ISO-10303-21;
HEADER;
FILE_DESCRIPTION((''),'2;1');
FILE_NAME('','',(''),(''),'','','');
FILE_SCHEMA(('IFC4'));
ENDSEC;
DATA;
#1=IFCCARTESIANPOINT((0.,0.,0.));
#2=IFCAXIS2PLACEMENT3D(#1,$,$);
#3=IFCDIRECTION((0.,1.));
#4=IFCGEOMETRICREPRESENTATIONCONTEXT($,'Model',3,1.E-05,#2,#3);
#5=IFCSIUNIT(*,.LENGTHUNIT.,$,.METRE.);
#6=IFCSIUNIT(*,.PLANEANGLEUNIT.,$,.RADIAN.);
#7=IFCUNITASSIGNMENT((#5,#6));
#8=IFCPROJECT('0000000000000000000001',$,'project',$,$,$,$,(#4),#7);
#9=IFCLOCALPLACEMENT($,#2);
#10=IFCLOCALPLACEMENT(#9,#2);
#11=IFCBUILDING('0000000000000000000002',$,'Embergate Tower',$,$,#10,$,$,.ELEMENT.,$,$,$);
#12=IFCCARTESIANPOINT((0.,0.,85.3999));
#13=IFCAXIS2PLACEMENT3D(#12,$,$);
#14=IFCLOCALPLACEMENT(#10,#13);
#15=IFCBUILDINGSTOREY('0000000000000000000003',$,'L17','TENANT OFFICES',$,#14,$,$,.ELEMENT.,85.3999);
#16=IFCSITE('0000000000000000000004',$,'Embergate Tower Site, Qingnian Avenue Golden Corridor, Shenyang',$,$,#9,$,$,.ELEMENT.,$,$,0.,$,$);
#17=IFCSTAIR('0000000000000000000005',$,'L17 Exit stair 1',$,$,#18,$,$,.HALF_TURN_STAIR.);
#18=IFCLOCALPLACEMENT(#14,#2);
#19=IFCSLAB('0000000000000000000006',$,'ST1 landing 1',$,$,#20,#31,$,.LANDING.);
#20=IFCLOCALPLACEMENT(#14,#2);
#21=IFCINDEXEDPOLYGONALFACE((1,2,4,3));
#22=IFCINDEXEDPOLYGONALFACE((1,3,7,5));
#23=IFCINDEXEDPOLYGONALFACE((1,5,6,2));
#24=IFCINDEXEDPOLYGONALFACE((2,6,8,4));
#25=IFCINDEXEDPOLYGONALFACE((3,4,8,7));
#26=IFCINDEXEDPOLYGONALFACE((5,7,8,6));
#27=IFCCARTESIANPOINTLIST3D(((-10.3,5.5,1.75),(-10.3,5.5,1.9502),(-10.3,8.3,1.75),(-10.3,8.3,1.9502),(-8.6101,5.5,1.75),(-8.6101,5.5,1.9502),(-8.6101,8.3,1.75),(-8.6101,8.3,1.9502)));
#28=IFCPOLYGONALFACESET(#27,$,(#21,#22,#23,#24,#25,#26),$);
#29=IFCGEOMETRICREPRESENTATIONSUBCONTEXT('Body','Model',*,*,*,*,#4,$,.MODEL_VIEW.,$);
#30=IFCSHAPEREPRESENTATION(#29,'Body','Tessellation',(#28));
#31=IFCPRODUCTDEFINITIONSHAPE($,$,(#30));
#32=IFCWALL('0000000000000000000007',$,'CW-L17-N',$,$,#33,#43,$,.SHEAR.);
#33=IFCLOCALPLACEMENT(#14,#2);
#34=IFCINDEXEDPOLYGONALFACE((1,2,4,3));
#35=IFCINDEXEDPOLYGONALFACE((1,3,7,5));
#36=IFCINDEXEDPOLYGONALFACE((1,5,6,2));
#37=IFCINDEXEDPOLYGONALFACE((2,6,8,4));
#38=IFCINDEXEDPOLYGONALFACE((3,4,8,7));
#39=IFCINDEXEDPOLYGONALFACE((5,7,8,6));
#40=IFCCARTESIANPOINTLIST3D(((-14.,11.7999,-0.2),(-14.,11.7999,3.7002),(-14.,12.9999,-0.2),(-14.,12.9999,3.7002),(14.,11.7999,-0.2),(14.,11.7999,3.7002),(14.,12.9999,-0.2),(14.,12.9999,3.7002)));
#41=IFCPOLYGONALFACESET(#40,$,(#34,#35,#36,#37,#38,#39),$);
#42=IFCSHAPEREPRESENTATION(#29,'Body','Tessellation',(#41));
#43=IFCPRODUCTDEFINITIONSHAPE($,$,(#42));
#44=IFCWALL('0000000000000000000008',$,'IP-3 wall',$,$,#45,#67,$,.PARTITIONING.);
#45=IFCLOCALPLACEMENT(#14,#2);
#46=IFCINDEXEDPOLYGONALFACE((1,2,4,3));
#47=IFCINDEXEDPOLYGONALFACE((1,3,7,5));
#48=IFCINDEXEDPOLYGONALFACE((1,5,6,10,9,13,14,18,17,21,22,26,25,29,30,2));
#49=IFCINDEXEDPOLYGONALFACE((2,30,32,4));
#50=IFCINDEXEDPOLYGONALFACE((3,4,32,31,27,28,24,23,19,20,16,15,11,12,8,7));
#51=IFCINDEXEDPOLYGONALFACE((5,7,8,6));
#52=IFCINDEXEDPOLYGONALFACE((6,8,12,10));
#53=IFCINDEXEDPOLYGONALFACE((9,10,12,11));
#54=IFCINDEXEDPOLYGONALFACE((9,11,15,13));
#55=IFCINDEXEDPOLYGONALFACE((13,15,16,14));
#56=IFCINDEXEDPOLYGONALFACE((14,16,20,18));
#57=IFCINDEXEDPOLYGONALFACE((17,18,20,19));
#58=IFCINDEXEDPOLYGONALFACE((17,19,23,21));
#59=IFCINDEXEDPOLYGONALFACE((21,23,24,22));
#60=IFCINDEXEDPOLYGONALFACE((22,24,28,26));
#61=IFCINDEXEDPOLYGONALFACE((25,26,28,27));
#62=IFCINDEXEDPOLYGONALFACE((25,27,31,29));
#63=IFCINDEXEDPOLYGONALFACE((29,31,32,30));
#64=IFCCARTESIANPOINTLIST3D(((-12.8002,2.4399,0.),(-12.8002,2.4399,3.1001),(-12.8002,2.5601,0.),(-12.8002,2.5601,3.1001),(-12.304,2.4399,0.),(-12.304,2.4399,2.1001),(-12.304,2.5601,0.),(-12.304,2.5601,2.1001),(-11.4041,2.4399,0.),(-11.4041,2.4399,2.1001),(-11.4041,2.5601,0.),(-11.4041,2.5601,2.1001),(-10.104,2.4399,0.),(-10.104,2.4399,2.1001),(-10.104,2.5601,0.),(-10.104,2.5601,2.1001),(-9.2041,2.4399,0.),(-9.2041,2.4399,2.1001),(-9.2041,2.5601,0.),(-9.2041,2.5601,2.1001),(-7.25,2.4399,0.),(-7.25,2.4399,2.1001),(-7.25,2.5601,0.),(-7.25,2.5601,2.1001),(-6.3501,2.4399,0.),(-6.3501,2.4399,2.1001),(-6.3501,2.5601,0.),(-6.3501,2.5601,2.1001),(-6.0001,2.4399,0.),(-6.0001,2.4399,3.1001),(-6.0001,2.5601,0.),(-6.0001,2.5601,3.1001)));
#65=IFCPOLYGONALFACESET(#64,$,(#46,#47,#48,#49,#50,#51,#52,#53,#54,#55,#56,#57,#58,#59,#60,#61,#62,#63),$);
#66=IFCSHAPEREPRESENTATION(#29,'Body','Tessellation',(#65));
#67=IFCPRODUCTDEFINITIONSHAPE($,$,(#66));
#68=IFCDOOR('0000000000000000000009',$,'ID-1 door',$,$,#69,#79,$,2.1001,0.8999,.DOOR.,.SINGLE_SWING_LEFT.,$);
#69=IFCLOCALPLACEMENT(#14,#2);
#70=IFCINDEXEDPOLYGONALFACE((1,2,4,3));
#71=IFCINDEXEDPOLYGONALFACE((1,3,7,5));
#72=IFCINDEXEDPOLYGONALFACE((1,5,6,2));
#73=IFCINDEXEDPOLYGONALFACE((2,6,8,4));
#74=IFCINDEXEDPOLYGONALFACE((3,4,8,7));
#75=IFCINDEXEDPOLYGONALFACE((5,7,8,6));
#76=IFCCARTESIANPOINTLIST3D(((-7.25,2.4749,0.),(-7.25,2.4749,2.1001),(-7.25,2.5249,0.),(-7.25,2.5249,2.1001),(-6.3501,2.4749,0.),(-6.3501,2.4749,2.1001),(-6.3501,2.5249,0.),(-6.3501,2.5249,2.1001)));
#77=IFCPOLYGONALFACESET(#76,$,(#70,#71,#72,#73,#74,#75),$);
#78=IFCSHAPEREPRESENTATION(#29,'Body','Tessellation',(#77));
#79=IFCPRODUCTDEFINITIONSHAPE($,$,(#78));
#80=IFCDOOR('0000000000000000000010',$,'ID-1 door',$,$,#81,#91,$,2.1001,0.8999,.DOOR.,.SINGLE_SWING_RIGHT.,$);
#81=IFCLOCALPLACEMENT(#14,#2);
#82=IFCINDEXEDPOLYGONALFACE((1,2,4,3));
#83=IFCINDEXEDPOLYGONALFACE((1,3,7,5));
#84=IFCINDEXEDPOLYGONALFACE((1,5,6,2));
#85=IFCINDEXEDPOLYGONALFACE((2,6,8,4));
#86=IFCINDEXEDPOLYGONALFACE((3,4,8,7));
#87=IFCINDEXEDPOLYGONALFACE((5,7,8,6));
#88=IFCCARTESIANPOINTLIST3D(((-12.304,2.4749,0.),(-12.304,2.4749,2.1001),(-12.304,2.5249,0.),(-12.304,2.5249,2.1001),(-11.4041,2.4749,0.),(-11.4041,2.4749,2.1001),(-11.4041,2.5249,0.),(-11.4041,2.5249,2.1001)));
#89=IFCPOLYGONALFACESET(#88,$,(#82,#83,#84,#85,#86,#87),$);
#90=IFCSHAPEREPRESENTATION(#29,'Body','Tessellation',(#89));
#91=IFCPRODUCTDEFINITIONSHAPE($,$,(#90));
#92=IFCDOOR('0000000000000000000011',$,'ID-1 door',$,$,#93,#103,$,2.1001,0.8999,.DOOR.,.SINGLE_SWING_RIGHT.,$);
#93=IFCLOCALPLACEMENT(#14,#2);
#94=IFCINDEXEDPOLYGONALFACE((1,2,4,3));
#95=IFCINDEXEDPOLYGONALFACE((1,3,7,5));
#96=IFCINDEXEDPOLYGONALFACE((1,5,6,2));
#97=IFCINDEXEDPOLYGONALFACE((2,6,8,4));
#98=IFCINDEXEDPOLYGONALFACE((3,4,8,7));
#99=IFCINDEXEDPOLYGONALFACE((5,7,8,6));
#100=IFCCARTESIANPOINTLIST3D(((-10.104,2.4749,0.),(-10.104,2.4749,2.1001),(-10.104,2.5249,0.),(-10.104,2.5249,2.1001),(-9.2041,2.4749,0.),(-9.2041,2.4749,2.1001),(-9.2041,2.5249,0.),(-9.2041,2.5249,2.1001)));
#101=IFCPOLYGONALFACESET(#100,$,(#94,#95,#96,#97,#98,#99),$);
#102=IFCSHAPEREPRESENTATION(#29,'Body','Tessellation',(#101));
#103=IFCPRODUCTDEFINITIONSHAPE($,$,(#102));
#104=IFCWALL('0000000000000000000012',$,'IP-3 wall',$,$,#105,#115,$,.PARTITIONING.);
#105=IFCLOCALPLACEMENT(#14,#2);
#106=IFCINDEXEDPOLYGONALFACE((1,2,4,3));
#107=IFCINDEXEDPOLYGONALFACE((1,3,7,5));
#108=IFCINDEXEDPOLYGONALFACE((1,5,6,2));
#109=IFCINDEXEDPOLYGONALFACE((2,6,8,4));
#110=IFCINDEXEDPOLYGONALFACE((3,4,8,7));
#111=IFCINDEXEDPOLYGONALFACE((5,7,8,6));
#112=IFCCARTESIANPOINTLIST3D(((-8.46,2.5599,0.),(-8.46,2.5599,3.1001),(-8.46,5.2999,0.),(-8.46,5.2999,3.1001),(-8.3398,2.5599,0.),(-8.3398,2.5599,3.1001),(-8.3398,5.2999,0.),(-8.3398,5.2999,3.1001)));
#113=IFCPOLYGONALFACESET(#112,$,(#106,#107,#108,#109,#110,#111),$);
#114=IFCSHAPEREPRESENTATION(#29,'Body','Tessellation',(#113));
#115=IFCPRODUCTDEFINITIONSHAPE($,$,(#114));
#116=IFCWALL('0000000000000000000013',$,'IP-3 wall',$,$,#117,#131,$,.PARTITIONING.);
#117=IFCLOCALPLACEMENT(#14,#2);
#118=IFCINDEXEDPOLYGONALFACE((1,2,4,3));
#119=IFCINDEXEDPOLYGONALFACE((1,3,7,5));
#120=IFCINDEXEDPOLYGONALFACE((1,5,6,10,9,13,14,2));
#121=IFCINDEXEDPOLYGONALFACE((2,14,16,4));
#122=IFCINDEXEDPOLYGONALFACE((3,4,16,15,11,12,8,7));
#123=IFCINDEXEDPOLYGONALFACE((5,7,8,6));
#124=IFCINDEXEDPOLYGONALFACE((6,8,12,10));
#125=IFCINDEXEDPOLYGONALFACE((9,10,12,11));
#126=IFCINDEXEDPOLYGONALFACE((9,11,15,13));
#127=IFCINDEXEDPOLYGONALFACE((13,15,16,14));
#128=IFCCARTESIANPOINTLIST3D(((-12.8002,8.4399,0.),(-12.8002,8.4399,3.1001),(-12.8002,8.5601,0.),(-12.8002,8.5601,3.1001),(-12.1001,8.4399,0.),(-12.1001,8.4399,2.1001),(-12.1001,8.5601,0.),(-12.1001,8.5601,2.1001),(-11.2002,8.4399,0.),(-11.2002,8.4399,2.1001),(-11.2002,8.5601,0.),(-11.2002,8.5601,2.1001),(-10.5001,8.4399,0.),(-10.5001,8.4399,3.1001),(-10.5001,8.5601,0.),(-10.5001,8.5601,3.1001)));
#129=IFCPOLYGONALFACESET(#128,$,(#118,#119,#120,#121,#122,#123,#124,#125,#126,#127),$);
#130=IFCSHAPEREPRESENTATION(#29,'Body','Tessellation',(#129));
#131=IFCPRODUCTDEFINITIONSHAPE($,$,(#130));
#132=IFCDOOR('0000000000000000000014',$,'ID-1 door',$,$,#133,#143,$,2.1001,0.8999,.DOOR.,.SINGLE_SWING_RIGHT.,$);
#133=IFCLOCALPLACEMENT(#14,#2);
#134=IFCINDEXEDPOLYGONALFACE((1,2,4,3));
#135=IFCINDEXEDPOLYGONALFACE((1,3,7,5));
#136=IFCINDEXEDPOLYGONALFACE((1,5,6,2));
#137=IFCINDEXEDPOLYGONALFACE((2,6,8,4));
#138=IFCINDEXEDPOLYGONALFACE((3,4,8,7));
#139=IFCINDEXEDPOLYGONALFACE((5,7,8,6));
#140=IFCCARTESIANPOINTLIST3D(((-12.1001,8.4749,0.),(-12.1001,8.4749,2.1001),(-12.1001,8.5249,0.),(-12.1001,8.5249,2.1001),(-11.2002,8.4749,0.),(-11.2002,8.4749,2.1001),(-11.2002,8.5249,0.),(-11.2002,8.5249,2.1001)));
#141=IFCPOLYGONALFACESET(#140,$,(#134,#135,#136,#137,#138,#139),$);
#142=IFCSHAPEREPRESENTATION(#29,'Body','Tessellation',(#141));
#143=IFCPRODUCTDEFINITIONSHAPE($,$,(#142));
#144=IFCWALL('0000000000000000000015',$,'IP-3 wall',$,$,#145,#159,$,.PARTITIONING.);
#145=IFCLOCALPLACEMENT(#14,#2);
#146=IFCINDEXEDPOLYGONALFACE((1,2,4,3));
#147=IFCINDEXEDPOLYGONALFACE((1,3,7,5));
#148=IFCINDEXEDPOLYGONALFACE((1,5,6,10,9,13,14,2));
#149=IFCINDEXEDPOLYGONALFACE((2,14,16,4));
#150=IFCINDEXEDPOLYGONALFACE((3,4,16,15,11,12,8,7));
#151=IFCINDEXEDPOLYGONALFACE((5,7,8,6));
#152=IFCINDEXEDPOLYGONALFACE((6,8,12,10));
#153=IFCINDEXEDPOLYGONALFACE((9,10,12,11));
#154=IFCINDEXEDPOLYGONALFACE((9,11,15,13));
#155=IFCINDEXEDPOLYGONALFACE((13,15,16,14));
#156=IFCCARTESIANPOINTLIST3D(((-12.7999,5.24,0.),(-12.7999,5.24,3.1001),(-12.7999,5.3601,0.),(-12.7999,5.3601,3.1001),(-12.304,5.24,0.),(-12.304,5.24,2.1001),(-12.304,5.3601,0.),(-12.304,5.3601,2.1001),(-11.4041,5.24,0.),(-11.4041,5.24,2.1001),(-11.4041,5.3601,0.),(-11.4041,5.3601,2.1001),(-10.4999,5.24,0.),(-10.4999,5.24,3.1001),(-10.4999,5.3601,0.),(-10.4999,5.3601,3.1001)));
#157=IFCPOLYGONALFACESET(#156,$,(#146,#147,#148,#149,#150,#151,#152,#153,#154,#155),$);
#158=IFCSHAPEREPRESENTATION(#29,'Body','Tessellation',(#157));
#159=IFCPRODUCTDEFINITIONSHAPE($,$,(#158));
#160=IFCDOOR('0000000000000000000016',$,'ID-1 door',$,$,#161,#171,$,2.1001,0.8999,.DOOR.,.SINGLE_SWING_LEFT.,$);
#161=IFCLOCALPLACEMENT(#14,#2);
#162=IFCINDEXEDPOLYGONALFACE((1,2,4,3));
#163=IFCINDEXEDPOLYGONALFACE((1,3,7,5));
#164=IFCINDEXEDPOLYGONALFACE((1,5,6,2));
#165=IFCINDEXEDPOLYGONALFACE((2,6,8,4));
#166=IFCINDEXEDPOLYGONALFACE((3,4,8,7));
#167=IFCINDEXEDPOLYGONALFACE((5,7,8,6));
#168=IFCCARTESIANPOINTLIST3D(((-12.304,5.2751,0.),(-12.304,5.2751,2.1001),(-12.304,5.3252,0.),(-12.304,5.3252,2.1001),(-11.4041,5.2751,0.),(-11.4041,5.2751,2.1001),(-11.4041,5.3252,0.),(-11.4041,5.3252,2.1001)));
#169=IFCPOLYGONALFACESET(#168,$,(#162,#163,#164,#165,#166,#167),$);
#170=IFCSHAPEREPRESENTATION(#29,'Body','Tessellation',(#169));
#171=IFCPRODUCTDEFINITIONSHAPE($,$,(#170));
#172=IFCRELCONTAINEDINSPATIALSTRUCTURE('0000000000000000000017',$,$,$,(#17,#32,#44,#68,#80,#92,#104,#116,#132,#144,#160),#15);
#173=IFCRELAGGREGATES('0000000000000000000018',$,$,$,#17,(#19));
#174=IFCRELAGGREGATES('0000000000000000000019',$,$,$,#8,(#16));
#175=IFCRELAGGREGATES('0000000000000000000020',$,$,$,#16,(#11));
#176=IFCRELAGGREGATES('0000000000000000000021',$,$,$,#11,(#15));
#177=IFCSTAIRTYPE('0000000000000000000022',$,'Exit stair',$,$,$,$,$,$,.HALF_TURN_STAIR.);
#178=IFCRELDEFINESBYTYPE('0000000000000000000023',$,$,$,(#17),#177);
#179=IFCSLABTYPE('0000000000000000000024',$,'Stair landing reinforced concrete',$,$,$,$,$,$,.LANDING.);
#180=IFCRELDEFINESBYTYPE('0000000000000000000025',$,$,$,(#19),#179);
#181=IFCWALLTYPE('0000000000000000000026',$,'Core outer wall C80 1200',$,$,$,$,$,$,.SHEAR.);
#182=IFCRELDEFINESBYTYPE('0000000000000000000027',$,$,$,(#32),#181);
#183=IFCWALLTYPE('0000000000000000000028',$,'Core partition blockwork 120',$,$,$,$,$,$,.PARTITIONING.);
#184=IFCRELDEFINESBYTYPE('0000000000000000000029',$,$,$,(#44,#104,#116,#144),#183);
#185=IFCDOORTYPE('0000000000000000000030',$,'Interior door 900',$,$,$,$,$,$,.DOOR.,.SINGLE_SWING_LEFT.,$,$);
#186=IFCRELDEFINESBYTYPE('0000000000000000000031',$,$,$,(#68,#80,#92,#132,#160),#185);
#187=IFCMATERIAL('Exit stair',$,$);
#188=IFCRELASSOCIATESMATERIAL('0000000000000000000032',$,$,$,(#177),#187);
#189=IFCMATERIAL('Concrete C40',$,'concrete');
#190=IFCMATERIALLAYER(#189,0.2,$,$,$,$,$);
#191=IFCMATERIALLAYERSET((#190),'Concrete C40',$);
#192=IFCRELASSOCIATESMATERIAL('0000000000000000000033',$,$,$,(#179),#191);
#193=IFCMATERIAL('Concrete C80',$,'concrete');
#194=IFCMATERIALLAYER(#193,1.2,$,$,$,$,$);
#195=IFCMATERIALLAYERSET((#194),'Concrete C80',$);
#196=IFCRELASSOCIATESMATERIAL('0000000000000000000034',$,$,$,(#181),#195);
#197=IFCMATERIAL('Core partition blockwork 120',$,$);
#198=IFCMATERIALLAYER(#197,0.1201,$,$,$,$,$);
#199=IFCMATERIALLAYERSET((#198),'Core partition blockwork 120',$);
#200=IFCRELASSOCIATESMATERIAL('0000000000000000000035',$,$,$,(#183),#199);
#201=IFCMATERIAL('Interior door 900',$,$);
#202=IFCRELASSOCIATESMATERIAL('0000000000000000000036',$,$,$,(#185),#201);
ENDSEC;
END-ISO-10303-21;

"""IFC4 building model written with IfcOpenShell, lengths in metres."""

from ifc_helpers import new_model, si_unit, direction, frame, frame_2d, origin, place, context, subcontext, project, spatial, polyline, rectangle, outline, extrude, source, transform, mapped, material, layer, layer_set, type_object, element, fill, aggregate, save


model = new_model("IFC4")

# Units and contexts
model_context = context("Model", 3, precision=1e-05, world=origin(), true_north=direction((0.0, 1.0)))
body_context = subcontext(model_context, "Body", "Model", "MODEL_VIEW")
ifc_project = project(units=[si_unit("LENGTHUNIT", "METRE"), si_unit("PLANEANGLEUNIT", "RADIAN")], contexts=[model_context])

# Site, building, storey
site_placement = place(None, origin())
site = spatial("IfcSite", under=ifc_project, at=site_placement, Name="Embergate Tower Site, Qingnian Avenue Golden Corridor, Shenyang", CompositionType="ELEMENT", RefElevation=0.0)
building_placement = place(site_placement, origin())
building = spatial("IfcBuilding", under=site, at=building_placement, Name="Embergate Tower", CompositionType="ELEMENT")
storey_placement = place(building_placement, frame((0.0, 0.0, 85.3999)))
storey = spatial("IfcBuildingStorey", under=building, at=storey_placement, Name="L17", Description="TENANT OFFICES", CompositionType="ELEMENT", Elevation=85.3999)

# Stair, slab
ifc_material_1 = material(Name="Exit stair")
stair_type = type_object("IfcStairType", Name="Exit stair", PredefinedType="HALF_TURN_STAIR", material=ifc_material_1)
stair_placement = place(storey_placement, origin())
stair = element("IfcStair", 1, at=stair_placement, inside=storey, type_object=stair_type, Name="L17 Exit stair 1", PredefinedType="HALF_TURN_STAIR")
ifc_material_2 = material(Name="Concrete C40", Category="concrete")
ifc_layer_1 = layer(ifc_material_2, 0.2)
ifc_layer_set_1 = layer_set([ifc_layer_1], Name="Concrete C40")
slab_type = type_object("IfcSlabType", Name="Stair landing reinforced concrete", PredefinedType="LANDING", material=ifc_layer_set_1)
shared_shape_1 = source(origin(), body_context, "Body", "SweptSolid", [
    extrude(outline(polyline([(0.0, 0.0), (1.6899, 0.0), (1.6899, 2.8), (0.0, 2.8), (0.0, 0.0)])), origin(), (0.0, 0.0, 1.0), 0.2002),
])
slab_placement = place(storey_placement, frame((-10.3, 5.5, 1.75)))
slab = element("IfcSlab", 2, at=slab_placement, type_object=slab_type, Name="ST1 landing 1", PredefinedType="LANDING", context=body_context, shape_type="MappedRepresentation", body=[
    mapped(shared_shape_1, transform((0.0, 0.0, 0.0))),
])

# Wall
ifc_material_3 = material(Name="Concrete C80", Category="concrete")
ifc_layer_2 = layer(ifc_material_3, 1.2)
ifc_layer_set_2 = layer_set([ifc_layer_2], Name="Concrete C80")
wall_type_1 = type_object("IfcWallType", Name="Core outer wall C80 1200", PredefinedType="SHEAR", material=ifc_layer_set_2)
shared_shape_2 = source(origin(), body_context, "Body", "SweptSolid", [
    extrude(rectangle(XDim=28.0, YDim=1.2, at=frame_2d((14.0, 0.0))), origin(), (0.0, 0.0, 1.0), 3.9001),
])
wall_1_placement = place(storey_placement, frame((-14.0, 12.3999, -0.2), z_axis=(0.0, 0.0, 1.0), x_axis=(1.0, 0.0, 0.0)))
element("IfcWall", 3, at=wall_1_placement, inside=storey, type_object=wall_type_1, Name="CW-L17-N", PredefinedType="SHEAR", context=body_context, shape_type="MappedRepresentation", body=[
    mapped(shared_shape_2, transform((0.0, 0.0, 0.0))),
])

# Wall, openings, doors
ifc_material_4 = material(Name="Core partition blockwork 120")
ifc_layer_3 = layer(ifc_material_4, 0.1201)
ifc_layer_set_3 = layer_set([ifc_layer_3], Name="Core partition blockwork 120")
wall_type_2 = type_object("IfcWallType", Name="Core partition blockwork 120", PredefinedType="PARTITIONING", material=ifc_layer_set_3)
shared_shape_3 = source(origin(), body_context, "Body", "SweptSolid", [
    extrude(rectangle(XDim=6.8, YDim=0.1201, at=frame_2d((3.3999, 0.0))), origin(), (0.0, 0.0, 1.0), 3.1001),
])
wall_2_placement = place(storey_placement, frame((-12.8, 2.5, 0.0), z_axis=(0.0, 0.0, 1.0), x_axis=(1.0, 0.0, 0.0)))
wall_2 = element("IfcWall", 4, at=wall_2_placement, inside=storey, type_object=wall_type_2, Name="IP-3 wall", PredefinedType="PARTITIONING", context=body_context, shape_type="MappedRepresentation", body=[
    mapped(shared_shape_3, transform((0.0, 0.0, 0.0))),
])
shared_shape_4 = source(origin(), body_context, "Body", "SweptSolid", [
    extrude(rectangle(XDim=0.8999, YDim=2.1001, at=frame_2d((0.45, 1.05))), frame((0.0, 0.0701, 0.0), z_axis=(0.0, -1.0, 0.0), x_axis=(1.0, 0.0, 0.0)), (0.0, 0.0, 1.0), 0.1401),
])
opening_1_placement = place(wall_2_placement, frame((5.55, 0.0, 0.0)))
opening_1 = element("IfcOpeningElement", 5, at=opening_1_placement, cuts=wall_2, PredefinedType="OPENING", context=body_context, shape_type="MappedRepresentation", body=[
    mapped(shared_shape_4, transform((0.0, 0.0, 0.0))),
])
opening_2_placement = place(wall_2_placement, frame((0.4961, 0.0, 0.0)))
opening_2 = element("IfcOpeningElement", 6, at=opening_2_placement, cuts=wall_2, PredefinedType="OPENING", context=body_context, shape_type="MappedRepresentation", body=[
    mapped(shared_shape_4, transform((0.0, 0.0, 0.0))),
])
opening_3_placement = place(wall_2_placement, frame((2.696, 0.0, 0.0)))
opening_3 = element("IfcOpeningElement", 7, at=opening_3_placement, cuts=wall_2, PredefinedType="OPENING", context=body_context, shape_type="MappedRepresentation", body=[
    mapped(shared_shape_4, transform((0.0, 0.0, 0.0))),
])
ifc_material_5 = material(Name="Interior door 900")
door_type_1 = type_object("IfcDoorType", Name="Interior door 900", OperationType="SINGLE_SWING_LEFT", PredefinedType="DOOR", material=ifc_material_5)
shared_shape_5 = source(origin(), body_context, "Body", "SweptSolid", [
    extrude(rectangle(XDim=0.8999, YDim=2.1001, at=frame_2d((0.45, 1.05))), frame((0.0, 0.0249, 0.0), z_axis=(0.0, -1.0, 0.0), x_axis=(1.0, 0.0, 0.0)), (0.0, 0.0, 1.0), 0.05),
])
door_1_placement = place(opening_1_placement, origin())
door_1 = element("IfcDoor", 8, at=door_1_placement, inside=storey, type_object=door_type_1, Name="ID-1 door", OperationType="SINGLE_SWING_LEFT", OverallHeight=2.1001, OverallWidth=0.8999, PredefinedType="DOOR", context=body_context, shape_type="MappedRepresentation", body=[
    mapped(shared_shape_5, transform((0.0, 0.0, 0.0))),
])
fill(opening_1, door_1)
door_2_placement = place(opening_2_placement, origin())
door_2 = element("IfcDoor", 9, at=door_2_placement, inside=storey, type_object=door_type_1, Name="ID-1 door", OperationType="SINGLE_SWING_RIGHT", OverallHeight=2.1001, OverallWidth=0.8999, PredefinedType="DOOR", context=body_context, shape_type="MappedRepresentation", body=[
    mapped(shared_shape_5, transform((0.0, 0.0, 0.0))),
])
fill(opening_2, door_2)
door_3_placement = place(opening_3_placement, origin())
door_3 = element("IfcDoor", 10, at=door_3_placement, inside=storey, type_object=door_type_1, Name="ID-1 door", OperationType="SINGLE_SWING_RIGHT", OverallHeight=2.1001, OverallWidth=0.8999, PredefinedType="DOOR", context=body_context, shape_type="MappedRepresentation", body=[
    mapped(shared_shape_5, transform((0.0, 0.0, 0.0))),
])
fill(opening_3, door_3)

# Wall
shared_shape_6 = source(origin(), body_context, "Body", "SweptSolid", [
    extrude(rectangle(XDim=2.74, YDim=0.1201, at=frame_2d((1.3701, 0.0))), origin(), (0.0, 0.0, 1.0), 3.1001),
])
wall_3_placement = place(storey_placement, frame((-8.3999, 5.3, 0.0), z_axis=(0.0, 0.0, 1.0), x_axis=(0.0, -1.0, 0.0)))
element("IfcWall", 11, at=wall_3_placement, inside=storey, type_object=wall_type_2, Name="IP-3 wall", PredefinedType="PARTITIONING", context=body_context, shape_type="MappedRepresentation", body=[
    mapped(shared_shape_6, transform((0.0, 0.0, 0.0))),
])

# Walls, openings, doors
shared_shape_7 = source(origin(), body_context, "Body", "SweptSolid", [
    extrude(rectangle(XDim=2.3, YDim=0.1201, at=frame_2d((1.1499, 0.0))), origin(), (0.0, 0.0, 1.0), 3.1001),
])
wall_4_placement = place(storey_placement, frame((-12.8, 8.5, 0.0), z_axis=(0.0, 0.0, 1.0), x_axis=(1.0, 0.0, 0.0)))
wall_4 = element("IfcWall", 12, at=wall_4_placement, inside=storey, type_object=wall_type_2, Name="IP-3 wall", PredefinedType="PARTITIONING", context=body_context, shape_type="MappedRepresentation", body=[
    mapped(shared_shape_7, transform((0.0, 0.0, 0.0))),
])
opening_4_placement = place(wall_4_placement, frame((0.7, 0.0, 0.0)))
opening_4 = element("IfcOpeningElement", 13, at=opening_4_placement, cuts=wall_4, PredefinedType="OPENING", context=body_context, shape_type="MappedRepresentation", body=[
    mapped(shared_shape_4, transform((0.0, 0.0, 0.0))),
])
door_4_placement = place(opening_4_placement, origin())
door_4 = element("IfcDoor", 14, at=door_4_placement, inside=storey, type_object=door_type_1, Name="ID-1 door", OperationType="SINGLE_SWING_RIGHT", OverallHeight=2.1001, OverallWidth=0.8999, PredefinedType="DOOR", context=body_context, shape_type="MappedRepresentation", body=[
    mapped(shared_shape_5, transform((0.0, 0.0, 0.0))),
])
fill(opening_4, door_4)
wall_5_placement = place(storey_placement, frame((-10.5, 5.3, 0.0), z_axis=(0.0, 0.0, 1.0), x_axis=(-1.0, 0.0, 0.0)))
wall_5 = element("IfcWall", 15, at=wall_5_placement, inside=storey, type_object=wall_type_2, Name="IP-3 wall", PredefinedType="PARTITIONING", context=body_context, shape_type="MappedRepresentation", body=[
    mapped(shared_shape_7, transform((0.0, 0.0, 0.0))),
])
opening_5_placement = place(wall_5_placement, frame((0.9041, 0.0, 0.0)))
opening_5 = element("IfcOpeningElement", 16, at=opening_5_placement, cuts=wall_5, PredefinedType="OPENING", context=body_context, shape_type="MappedRepresentation", body=[
    mapped(shared_shape_4, transform((0.0, 0.0, 0.0))),
])
door_5_placement = place(opening_5_placement, origin())
door_5 = element("IfcDoor", 17, at=door_5_placement, inside=storey, type_object=door_type_1, Name="ID-1 door", OperationType="SINGLE_SWING_LEFT", OverallHeight=2.1001, OverallWidth=0.8999, PredefinedType="DOOR", context=body_context, shape_type="MappedRepresentation", body=[
    mapped(shared_shape_5, transform((0.0, 0.0, 0.0))),
])
fill(opening_5, door_5)

aggregate(stair, [slab])

save(model, "model.ifc")
